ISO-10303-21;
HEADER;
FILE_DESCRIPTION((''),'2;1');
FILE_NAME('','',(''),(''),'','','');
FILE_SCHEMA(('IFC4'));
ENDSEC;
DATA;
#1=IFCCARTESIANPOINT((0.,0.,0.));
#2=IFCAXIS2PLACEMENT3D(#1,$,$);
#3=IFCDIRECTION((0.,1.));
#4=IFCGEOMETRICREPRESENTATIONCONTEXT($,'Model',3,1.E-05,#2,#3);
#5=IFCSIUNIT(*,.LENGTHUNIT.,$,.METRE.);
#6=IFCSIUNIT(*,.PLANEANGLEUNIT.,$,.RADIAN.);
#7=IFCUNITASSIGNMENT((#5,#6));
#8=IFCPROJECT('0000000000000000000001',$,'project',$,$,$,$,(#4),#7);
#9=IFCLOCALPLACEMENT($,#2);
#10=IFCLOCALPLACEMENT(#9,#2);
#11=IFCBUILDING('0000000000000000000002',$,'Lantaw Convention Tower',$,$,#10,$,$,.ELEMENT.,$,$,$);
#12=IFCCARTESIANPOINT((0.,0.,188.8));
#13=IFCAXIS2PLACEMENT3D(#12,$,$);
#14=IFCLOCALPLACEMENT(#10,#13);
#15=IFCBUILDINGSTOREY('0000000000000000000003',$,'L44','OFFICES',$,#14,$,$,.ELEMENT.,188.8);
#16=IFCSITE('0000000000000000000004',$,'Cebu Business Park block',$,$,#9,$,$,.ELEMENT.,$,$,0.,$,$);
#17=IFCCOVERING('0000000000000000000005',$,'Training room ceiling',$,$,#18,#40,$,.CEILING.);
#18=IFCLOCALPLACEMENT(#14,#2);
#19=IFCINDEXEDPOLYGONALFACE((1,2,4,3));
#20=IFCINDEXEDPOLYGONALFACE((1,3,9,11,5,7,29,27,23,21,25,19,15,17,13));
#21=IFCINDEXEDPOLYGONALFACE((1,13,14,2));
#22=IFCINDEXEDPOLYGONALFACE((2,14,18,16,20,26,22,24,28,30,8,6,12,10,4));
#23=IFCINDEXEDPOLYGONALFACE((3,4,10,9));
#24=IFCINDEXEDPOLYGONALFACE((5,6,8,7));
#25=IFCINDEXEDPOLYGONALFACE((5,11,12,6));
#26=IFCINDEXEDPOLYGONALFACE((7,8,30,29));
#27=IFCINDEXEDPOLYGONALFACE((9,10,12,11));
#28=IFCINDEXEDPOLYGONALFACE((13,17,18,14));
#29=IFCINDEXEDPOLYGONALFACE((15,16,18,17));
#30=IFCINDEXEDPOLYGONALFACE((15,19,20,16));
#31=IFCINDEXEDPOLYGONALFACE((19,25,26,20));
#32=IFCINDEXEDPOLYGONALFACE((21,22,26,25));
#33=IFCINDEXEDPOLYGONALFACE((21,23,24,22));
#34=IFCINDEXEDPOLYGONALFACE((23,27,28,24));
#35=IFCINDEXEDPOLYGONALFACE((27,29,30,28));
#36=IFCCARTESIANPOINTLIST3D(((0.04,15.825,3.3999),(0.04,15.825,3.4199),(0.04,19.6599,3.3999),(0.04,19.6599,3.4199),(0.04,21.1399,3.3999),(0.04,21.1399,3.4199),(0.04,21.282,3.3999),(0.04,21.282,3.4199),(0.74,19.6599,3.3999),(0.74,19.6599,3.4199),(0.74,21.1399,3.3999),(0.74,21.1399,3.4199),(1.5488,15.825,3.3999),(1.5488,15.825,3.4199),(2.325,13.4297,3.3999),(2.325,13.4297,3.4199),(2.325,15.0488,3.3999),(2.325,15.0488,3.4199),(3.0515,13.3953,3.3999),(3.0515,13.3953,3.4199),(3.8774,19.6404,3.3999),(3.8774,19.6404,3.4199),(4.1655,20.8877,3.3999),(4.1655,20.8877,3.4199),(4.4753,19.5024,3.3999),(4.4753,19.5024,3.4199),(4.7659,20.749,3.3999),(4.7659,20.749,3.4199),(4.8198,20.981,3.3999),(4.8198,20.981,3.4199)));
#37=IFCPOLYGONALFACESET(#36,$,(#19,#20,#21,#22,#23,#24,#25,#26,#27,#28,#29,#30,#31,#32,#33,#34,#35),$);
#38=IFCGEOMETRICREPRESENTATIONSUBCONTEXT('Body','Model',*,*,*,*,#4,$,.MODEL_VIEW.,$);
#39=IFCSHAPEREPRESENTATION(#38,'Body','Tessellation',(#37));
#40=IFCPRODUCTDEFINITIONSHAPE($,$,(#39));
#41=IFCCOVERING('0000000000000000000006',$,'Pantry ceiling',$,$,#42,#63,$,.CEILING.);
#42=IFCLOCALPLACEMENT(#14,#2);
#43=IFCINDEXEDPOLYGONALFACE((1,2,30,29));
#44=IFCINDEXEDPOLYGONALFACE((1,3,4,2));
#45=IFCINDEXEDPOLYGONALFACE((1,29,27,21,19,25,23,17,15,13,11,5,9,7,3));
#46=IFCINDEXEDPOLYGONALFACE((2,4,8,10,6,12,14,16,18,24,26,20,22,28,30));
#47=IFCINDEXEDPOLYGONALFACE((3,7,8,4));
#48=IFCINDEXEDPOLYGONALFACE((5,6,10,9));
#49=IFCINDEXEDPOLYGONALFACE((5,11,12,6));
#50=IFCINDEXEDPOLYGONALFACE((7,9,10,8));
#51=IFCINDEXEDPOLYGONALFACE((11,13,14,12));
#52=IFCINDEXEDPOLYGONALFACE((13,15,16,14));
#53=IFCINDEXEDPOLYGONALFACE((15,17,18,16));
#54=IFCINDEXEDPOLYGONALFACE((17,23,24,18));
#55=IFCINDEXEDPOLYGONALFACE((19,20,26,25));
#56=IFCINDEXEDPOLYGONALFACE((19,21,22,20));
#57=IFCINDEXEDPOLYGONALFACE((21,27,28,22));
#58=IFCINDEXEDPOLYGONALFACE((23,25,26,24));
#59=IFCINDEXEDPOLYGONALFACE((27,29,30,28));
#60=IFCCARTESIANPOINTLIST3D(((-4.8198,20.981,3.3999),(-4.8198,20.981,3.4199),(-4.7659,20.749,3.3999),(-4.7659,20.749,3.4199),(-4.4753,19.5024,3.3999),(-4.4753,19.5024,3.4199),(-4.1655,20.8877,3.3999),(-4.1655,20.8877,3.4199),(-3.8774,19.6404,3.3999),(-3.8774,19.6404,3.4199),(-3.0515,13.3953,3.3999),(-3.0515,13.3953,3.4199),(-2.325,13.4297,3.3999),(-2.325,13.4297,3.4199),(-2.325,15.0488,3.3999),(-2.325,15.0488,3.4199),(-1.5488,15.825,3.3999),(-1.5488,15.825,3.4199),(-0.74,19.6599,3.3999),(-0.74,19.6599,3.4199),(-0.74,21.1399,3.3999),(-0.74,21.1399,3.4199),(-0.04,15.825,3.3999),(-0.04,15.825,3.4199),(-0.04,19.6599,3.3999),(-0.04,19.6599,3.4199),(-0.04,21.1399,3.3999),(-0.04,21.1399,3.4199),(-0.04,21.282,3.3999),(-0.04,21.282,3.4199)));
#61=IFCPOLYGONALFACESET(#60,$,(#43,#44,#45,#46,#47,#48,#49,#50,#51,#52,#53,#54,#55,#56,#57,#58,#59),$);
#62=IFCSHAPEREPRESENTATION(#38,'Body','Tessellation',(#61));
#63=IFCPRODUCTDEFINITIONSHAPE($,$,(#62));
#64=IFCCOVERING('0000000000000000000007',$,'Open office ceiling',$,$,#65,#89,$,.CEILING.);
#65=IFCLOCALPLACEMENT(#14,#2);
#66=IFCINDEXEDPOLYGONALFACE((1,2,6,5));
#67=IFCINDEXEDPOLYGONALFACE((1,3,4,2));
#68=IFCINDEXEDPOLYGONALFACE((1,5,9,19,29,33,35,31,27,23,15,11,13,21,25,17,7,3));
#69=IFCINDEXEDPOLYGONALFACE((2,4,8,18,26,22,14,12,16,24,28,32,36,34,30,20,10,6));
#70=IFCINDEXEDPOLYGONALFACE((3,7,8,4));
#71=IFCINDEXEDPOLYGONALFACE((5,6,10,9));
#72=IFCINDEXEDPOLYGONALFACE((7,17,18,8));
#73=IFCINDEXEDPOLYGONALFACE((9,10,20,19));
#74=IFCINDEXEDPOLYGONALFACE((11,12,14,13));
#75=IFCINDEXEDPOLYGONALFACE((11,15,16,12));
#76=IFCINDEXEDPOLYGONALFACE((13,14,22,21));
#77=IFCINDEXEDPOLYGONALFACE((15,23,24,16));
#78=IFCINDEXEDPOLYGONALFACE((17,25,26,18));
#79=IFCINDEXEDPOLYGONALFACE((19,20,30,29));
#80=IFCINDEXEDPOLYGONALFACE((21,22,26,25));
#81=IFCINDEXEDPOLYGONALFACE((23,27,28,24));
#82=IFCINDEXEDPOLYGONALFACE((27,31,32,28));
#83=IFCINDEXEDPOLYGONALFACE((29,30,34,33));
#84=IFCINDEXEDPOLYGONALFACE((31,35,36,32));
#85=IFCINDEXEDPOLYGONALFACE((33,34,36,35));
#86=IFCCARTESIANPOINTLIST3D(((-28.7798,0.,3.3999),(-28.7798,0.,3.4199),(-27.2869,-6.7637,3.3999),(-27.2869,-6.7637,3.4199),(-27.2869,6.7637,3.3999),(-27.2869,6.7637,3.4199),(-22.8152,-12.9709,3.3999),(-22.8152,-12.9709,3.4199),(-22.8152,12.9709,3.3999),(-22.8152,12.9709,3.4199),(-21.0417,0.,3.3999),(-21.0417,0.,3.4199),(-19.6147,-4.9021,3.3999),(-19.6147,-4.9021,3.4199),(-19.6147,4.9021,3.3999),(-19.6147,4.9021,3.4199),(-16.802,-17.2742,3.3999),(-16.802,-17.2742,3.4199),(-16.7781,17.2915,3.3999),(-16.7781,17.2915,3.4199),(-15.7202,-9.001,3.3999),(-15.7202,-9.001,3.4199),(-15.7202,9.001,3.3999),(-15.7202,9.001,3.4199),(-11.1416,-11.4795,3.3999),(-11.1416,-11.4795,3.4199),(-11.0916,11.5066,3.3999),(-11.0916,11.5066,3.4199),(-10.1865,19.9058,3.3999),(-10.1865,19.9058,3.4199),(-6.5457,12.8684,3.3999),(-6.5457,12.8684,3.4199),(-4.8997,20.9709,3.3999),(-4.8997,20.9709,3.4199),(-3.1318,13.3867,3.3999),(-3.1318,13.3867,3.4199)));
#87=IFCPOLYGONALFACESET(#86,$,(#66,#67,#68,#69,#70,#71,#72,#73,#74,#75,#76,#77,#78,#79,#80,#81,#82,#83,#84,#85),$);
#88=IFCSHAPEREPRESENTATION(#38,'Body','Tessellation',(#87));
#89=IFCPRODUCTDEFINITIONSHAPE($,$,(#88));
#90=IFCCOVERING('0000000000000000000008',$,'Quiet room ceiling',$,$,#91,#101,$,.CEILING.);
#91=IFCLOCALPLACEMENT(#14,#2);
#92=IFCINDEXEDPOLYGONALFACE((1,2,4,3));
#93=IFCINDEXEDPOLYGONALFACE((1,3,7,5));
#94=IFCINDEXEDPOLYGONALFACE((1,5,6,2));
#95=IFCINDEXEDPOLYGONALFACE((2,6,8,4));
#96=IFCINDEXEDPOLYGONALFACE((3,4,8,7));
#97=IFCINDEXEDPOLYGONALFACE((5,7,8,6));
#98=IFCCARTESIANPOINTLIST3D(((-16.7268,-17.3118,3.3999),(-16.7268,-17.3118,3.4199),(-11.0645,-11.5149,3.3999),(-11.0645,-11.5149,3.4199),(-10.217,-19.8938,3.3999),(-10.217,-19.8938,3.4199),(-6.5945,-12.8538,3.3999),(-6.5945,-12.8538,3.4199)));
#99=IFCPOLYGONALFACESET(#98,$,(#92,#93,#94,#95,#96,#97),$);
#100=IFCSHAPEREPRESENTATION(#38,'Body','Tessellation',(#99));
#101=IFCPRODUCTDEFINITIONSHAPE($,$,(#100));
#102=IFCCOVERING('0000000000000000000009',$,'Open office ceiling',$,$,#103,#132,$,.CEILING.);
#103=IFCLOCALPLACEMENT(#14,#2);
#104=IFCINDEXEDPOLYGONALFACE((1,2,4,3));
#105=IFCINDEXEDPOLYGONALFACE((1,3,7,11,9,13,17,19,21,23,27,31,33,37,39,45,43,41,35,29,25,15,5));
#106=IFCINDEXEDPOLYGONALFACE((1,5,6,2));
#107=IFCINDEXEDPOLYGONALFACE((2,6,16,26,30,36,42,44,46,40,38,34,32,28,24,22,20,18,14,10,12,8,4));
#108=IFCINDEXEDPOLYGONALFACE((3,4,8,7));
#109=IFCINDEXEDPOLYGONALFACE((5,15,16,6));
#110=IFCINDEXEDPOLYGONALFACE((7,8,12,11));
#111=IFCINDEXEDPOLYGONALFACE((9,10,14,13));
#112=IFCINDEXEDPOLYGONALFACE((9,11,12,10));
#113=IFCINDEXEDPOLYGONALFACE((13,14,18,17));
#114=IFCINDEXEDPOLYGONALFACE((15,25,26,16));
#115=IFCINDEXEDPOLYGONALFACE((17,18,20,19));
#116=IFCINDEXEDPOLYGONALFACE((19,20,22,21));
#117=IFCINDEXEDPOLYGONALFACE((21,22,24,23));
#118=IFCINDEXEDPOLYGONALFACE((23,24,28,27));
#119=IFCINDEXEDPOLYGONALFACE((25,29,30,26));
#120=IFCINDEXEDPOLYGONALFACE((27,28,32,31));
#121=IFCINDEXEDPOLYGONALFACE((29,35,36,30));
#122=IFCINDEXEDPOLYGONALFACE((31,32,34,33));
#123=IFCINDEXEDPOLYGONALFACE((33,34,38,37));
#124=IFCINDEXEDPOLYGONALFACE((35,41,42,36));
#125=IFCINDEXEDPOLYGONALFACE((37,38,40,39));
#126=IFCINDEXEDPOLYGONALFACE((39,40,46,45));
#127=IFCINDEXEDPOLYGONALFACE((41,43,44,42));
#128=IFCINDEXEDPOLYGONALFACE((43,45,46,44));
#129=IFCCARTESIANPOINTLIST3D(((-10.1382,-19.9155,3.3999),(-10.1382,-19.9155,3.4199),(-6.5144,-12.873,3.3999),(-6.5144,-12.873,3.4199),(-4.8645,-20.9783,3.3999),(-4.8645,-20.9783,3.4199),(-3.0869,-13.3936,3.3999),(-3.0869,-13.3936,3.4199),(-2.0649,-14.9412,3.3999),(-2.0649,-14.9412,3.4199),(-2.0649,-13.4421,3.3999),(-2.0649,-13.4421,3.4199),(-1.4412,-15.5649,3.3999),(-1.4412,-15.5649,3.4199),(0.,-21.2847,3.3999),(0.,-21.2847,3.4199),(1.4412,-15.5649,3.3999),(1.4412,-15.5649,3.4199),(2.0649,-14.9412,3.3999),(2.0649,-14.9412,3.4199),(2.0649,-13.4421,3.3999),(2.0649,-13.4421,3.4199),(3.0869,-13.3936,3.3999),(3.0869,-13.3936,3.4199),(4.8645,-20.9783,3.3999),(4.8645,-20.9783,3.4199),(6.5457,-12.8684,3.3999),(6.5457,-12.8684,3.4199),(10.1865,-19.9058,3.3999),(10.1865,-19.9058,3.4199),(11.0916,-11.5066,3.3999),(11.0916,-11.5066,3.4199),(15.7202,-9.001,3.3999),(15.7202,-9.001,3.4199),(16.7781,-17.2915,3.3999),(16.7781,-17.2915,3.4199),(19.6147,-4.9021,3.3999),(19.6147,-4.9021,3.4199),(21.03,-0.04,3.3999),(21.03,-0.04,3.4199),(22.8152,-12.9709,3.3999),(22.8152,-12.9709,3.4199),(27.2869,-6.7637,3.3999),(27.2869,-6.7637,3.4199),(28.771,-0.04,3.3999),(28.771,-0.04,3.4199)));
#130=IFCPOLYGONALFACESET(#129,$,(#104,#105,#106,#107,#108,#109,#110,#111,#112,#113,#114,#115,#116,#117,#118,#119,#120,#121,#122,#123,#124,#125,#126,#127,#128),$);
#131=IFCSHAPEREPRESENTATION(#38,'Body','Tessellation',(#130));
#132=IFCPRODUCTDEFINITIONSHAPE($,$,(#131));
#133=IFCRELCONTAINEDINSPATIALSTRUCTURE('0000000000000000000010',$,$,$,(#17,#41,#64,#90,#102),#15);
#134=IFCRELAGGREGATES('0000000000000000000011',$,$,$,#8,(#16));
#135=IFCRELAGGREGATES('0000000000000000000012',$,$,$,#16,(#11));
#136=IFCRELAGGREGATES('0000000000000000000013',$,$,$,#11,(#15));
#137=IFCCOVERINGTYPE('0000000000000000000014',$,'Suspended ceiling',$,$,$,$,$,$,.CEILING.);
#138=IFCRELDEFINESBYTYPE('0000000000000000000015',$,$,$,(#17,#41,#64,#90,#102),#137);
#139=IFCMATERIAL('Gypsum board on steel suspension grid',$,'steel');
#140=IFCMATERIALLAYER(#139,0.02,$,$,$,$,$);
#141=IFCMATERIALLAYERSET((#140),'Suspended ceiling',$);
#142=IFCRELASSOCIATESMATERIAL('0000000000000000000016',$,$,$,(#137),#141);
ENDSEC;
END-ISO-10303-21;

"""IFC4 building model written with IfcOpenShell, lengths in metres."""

from ifc_helpers import new_model, si_unit, direction, frame, origin, place, context, subcontext, project, spatial, polyline, outline, extrude, material, layer, layer_set, type_object, element, save


model = new_model("IFC4")

# Units and contexts
model_context = context("Model", 3, precision=1e-05, world=origin(), true_north=direction((0.0, 1.0)))
body_context = subcontext(model_context, "Body", "Model", "MODEL_VIEW")
ifc_project = project(units=[si_unit("LENGTHUNIT", "METRE"), si_unit("PLANEANGLEUNIT", "RADIAN")], contexts=[model_context])

# Site, building, storey
site_placement = place(None, origin())
site = spatial("IfcSite", under=ifc_project, at=site_placement, Name="Cebu Business Park block", CompositionType="ELEMENT", RefElevation=0.0)
building_placement = place(site_placement, origin())
building = spatial("IfcBuilding", under=site, at=building_placement, Name="Lantaw Convention Tower", CompositionType="ELEMENT")
storey_placement = place(building_placement, frame((0.0, 0.0, 188.8)))
storey = spatial("IfcBuildingStorey", under=building, at=storey_placement, Name="L44", Description="OFFICES", CompositionType="ELEMENT", Elevation=188.8)

# Coverings
ifc_material_1 = material(Name="Gypsum board on steel suspension grid", Category="steel")
ifc_layer_1 = layer(ifc_material_1, 0.02)
ifc_layer_set_1 = layer_set([ifc_layer_1], Name="Suspended ceiling")
covering_type = type_object("IfcCoveringType", Name="Suspended ceiling", PredefinedType="CEILING", material=ifc_layer_set_1)
covering_1_placement = place(storey_placement, frame((0.0, 0.0, 3.3999)))
element("IfcCovering", 1, at=covering_1_placement, inside=storey, type_object=covering_type, Name="Training room ceiling", PredefinedType="CEILING", context=body_context, shape_type="SweptSolid", body=[
    extrude(outline(polyline([(2.325, 15.0488), (2.325, 13.4297), (3.0515, 13.3953), (4.4753, 19.5024), (3.8774, 19.6404), (4.1655, 20.8877), (4.7659, 20.749), (4.8198, 20.981), (0.04, 21.282), (0.04, 21.1399), (0.74, 21.1399), (0.74, 19.6599), (0.04, 19.6599), (0.04, 15.825), (1.5488, 15.825), (2.325, 15.0488)])), origin(), (0.0, 0.0, 1.0), 0.02),
])
covering_2_placement = place(storey_placement, frame((0.0, 0.0, 3.3999)))
element("IfcCovering", 2, at=covering_2_placement, inside=storey, type_object=covering_type, Name="Pantry ceiling", PredefinedType="CEILING", context=body_context, shape_type="SweptSolid", body=[
    extrude(outline(polyline([(-4.4753, 19.5024), (-3.0515, 13.3953), (-2.325, 13.4297), (-2.325, 15.0488), (-1.5488, 15.825), (-0.04, 15.825), (-0.04, 19.6599), (-0.74, 19.6599), (-0.74, 21.1399), (-0.04, 21.1399), (-0.04, 21.282), (-4.8198, 20.981), (-4.7659, 20.749), (-4.1655, 20.8877), (-3.8774, 19.6404), (-4.4753, 19.5024)])), origin(), (0.0, 0.0, 1.0), 0.02),
])
covering_3_placement = place(storey_placement, frame((0.0, 0.0, 3.3999)))
element("IfcCovering", 3, at=covering_3_placement, inside=storey, type_object=covering_type, Name="Open office ceiling", PredefinedType="CEILING", context=body_context, shape_type="SweptSolid", body=[
    extrude(outline(polyline([(-3.1318, 13.3867), (-4.8997, 20.9709), (-10.1865, 19.9058), (-16.7781, 17.2915), (-22.8152, 12.9709), (-27.2869, 6.7637), (-28.7798, 0.0), (-27.2869, -6.7637), (-22.8152, -12.9709), (-16.802, -17.2742), (-11.1416, -11.4795), (-15.7202, -9.001), (-19.6147, -4.9021), (-21.0417, 0.0), (-19.6147, 4.9021), (-15.7202, 9.001), (-11.0916, 11.5066), (-6.5457, 12.8684), (-3.1318, 13.3867)])), origin(), (0.0, 0.0, 1.0), 0.02),
])
covering_4_placement = place(storey_placement, frame((0.0, 0.0, 3.3999)))
element("IfcCovering", 4, at=covering_4_placement, inside=storey, type_object=covering_type, Name="Quiet room ceiling", PredefinedType="CEILING", context=body_context, shape_type="SweptSolid", body=[
    extrude(outline(polyline([(-11.0645, -11.5149), (-16.7268, -17.3118), (-10.217, -19.8938), (-6.5945, -12.8538), (-11.0645, -11.5149)])), origin(), (0.0, 0.0, 1.0), 0.02),
])
covering_5_placement = place(storey_placement, frame((0.0, 0.0, 3.3999)))
element("IfcCovering", 5, at=covering_5_placement, inside=storey, type_object=covering_type, Name="Open office ceiling", PredefinedType="CEILING", context=body_context, shape_type="SweptSolid", body=[
    extrude(outline(polyline([(-3.0869, -13.3936), (-6.5144, -12.873), (-10.1382, -19.9155), (-4.8645, -20.9783), (0.0, -21.2847), (4.8645, -20.9783), (10.1865, -19.9058), (16.7781, -17.2915), (22.8152, -12.9709), (27.2869, -6.7637), (28.771, -0.04), (21.03, -0.04), (19.6147, -4.9021), (15.7202, -9.001), (11.0916, -11.5066), (6.5457, -12.8684), (3.0869, -13.3936), (2.0649, -13.4421), (2.0649, -14.9412), (1.4412, -15.5649), (-1.4412, -15.5649), (-2.0649, -14.9412), (-2.0649, -13.4421), (-3.0869, -13.3936)])), origin(), (0.0, 0.0, 1.0), 0.02),
])

save(model, "model.ifc")
